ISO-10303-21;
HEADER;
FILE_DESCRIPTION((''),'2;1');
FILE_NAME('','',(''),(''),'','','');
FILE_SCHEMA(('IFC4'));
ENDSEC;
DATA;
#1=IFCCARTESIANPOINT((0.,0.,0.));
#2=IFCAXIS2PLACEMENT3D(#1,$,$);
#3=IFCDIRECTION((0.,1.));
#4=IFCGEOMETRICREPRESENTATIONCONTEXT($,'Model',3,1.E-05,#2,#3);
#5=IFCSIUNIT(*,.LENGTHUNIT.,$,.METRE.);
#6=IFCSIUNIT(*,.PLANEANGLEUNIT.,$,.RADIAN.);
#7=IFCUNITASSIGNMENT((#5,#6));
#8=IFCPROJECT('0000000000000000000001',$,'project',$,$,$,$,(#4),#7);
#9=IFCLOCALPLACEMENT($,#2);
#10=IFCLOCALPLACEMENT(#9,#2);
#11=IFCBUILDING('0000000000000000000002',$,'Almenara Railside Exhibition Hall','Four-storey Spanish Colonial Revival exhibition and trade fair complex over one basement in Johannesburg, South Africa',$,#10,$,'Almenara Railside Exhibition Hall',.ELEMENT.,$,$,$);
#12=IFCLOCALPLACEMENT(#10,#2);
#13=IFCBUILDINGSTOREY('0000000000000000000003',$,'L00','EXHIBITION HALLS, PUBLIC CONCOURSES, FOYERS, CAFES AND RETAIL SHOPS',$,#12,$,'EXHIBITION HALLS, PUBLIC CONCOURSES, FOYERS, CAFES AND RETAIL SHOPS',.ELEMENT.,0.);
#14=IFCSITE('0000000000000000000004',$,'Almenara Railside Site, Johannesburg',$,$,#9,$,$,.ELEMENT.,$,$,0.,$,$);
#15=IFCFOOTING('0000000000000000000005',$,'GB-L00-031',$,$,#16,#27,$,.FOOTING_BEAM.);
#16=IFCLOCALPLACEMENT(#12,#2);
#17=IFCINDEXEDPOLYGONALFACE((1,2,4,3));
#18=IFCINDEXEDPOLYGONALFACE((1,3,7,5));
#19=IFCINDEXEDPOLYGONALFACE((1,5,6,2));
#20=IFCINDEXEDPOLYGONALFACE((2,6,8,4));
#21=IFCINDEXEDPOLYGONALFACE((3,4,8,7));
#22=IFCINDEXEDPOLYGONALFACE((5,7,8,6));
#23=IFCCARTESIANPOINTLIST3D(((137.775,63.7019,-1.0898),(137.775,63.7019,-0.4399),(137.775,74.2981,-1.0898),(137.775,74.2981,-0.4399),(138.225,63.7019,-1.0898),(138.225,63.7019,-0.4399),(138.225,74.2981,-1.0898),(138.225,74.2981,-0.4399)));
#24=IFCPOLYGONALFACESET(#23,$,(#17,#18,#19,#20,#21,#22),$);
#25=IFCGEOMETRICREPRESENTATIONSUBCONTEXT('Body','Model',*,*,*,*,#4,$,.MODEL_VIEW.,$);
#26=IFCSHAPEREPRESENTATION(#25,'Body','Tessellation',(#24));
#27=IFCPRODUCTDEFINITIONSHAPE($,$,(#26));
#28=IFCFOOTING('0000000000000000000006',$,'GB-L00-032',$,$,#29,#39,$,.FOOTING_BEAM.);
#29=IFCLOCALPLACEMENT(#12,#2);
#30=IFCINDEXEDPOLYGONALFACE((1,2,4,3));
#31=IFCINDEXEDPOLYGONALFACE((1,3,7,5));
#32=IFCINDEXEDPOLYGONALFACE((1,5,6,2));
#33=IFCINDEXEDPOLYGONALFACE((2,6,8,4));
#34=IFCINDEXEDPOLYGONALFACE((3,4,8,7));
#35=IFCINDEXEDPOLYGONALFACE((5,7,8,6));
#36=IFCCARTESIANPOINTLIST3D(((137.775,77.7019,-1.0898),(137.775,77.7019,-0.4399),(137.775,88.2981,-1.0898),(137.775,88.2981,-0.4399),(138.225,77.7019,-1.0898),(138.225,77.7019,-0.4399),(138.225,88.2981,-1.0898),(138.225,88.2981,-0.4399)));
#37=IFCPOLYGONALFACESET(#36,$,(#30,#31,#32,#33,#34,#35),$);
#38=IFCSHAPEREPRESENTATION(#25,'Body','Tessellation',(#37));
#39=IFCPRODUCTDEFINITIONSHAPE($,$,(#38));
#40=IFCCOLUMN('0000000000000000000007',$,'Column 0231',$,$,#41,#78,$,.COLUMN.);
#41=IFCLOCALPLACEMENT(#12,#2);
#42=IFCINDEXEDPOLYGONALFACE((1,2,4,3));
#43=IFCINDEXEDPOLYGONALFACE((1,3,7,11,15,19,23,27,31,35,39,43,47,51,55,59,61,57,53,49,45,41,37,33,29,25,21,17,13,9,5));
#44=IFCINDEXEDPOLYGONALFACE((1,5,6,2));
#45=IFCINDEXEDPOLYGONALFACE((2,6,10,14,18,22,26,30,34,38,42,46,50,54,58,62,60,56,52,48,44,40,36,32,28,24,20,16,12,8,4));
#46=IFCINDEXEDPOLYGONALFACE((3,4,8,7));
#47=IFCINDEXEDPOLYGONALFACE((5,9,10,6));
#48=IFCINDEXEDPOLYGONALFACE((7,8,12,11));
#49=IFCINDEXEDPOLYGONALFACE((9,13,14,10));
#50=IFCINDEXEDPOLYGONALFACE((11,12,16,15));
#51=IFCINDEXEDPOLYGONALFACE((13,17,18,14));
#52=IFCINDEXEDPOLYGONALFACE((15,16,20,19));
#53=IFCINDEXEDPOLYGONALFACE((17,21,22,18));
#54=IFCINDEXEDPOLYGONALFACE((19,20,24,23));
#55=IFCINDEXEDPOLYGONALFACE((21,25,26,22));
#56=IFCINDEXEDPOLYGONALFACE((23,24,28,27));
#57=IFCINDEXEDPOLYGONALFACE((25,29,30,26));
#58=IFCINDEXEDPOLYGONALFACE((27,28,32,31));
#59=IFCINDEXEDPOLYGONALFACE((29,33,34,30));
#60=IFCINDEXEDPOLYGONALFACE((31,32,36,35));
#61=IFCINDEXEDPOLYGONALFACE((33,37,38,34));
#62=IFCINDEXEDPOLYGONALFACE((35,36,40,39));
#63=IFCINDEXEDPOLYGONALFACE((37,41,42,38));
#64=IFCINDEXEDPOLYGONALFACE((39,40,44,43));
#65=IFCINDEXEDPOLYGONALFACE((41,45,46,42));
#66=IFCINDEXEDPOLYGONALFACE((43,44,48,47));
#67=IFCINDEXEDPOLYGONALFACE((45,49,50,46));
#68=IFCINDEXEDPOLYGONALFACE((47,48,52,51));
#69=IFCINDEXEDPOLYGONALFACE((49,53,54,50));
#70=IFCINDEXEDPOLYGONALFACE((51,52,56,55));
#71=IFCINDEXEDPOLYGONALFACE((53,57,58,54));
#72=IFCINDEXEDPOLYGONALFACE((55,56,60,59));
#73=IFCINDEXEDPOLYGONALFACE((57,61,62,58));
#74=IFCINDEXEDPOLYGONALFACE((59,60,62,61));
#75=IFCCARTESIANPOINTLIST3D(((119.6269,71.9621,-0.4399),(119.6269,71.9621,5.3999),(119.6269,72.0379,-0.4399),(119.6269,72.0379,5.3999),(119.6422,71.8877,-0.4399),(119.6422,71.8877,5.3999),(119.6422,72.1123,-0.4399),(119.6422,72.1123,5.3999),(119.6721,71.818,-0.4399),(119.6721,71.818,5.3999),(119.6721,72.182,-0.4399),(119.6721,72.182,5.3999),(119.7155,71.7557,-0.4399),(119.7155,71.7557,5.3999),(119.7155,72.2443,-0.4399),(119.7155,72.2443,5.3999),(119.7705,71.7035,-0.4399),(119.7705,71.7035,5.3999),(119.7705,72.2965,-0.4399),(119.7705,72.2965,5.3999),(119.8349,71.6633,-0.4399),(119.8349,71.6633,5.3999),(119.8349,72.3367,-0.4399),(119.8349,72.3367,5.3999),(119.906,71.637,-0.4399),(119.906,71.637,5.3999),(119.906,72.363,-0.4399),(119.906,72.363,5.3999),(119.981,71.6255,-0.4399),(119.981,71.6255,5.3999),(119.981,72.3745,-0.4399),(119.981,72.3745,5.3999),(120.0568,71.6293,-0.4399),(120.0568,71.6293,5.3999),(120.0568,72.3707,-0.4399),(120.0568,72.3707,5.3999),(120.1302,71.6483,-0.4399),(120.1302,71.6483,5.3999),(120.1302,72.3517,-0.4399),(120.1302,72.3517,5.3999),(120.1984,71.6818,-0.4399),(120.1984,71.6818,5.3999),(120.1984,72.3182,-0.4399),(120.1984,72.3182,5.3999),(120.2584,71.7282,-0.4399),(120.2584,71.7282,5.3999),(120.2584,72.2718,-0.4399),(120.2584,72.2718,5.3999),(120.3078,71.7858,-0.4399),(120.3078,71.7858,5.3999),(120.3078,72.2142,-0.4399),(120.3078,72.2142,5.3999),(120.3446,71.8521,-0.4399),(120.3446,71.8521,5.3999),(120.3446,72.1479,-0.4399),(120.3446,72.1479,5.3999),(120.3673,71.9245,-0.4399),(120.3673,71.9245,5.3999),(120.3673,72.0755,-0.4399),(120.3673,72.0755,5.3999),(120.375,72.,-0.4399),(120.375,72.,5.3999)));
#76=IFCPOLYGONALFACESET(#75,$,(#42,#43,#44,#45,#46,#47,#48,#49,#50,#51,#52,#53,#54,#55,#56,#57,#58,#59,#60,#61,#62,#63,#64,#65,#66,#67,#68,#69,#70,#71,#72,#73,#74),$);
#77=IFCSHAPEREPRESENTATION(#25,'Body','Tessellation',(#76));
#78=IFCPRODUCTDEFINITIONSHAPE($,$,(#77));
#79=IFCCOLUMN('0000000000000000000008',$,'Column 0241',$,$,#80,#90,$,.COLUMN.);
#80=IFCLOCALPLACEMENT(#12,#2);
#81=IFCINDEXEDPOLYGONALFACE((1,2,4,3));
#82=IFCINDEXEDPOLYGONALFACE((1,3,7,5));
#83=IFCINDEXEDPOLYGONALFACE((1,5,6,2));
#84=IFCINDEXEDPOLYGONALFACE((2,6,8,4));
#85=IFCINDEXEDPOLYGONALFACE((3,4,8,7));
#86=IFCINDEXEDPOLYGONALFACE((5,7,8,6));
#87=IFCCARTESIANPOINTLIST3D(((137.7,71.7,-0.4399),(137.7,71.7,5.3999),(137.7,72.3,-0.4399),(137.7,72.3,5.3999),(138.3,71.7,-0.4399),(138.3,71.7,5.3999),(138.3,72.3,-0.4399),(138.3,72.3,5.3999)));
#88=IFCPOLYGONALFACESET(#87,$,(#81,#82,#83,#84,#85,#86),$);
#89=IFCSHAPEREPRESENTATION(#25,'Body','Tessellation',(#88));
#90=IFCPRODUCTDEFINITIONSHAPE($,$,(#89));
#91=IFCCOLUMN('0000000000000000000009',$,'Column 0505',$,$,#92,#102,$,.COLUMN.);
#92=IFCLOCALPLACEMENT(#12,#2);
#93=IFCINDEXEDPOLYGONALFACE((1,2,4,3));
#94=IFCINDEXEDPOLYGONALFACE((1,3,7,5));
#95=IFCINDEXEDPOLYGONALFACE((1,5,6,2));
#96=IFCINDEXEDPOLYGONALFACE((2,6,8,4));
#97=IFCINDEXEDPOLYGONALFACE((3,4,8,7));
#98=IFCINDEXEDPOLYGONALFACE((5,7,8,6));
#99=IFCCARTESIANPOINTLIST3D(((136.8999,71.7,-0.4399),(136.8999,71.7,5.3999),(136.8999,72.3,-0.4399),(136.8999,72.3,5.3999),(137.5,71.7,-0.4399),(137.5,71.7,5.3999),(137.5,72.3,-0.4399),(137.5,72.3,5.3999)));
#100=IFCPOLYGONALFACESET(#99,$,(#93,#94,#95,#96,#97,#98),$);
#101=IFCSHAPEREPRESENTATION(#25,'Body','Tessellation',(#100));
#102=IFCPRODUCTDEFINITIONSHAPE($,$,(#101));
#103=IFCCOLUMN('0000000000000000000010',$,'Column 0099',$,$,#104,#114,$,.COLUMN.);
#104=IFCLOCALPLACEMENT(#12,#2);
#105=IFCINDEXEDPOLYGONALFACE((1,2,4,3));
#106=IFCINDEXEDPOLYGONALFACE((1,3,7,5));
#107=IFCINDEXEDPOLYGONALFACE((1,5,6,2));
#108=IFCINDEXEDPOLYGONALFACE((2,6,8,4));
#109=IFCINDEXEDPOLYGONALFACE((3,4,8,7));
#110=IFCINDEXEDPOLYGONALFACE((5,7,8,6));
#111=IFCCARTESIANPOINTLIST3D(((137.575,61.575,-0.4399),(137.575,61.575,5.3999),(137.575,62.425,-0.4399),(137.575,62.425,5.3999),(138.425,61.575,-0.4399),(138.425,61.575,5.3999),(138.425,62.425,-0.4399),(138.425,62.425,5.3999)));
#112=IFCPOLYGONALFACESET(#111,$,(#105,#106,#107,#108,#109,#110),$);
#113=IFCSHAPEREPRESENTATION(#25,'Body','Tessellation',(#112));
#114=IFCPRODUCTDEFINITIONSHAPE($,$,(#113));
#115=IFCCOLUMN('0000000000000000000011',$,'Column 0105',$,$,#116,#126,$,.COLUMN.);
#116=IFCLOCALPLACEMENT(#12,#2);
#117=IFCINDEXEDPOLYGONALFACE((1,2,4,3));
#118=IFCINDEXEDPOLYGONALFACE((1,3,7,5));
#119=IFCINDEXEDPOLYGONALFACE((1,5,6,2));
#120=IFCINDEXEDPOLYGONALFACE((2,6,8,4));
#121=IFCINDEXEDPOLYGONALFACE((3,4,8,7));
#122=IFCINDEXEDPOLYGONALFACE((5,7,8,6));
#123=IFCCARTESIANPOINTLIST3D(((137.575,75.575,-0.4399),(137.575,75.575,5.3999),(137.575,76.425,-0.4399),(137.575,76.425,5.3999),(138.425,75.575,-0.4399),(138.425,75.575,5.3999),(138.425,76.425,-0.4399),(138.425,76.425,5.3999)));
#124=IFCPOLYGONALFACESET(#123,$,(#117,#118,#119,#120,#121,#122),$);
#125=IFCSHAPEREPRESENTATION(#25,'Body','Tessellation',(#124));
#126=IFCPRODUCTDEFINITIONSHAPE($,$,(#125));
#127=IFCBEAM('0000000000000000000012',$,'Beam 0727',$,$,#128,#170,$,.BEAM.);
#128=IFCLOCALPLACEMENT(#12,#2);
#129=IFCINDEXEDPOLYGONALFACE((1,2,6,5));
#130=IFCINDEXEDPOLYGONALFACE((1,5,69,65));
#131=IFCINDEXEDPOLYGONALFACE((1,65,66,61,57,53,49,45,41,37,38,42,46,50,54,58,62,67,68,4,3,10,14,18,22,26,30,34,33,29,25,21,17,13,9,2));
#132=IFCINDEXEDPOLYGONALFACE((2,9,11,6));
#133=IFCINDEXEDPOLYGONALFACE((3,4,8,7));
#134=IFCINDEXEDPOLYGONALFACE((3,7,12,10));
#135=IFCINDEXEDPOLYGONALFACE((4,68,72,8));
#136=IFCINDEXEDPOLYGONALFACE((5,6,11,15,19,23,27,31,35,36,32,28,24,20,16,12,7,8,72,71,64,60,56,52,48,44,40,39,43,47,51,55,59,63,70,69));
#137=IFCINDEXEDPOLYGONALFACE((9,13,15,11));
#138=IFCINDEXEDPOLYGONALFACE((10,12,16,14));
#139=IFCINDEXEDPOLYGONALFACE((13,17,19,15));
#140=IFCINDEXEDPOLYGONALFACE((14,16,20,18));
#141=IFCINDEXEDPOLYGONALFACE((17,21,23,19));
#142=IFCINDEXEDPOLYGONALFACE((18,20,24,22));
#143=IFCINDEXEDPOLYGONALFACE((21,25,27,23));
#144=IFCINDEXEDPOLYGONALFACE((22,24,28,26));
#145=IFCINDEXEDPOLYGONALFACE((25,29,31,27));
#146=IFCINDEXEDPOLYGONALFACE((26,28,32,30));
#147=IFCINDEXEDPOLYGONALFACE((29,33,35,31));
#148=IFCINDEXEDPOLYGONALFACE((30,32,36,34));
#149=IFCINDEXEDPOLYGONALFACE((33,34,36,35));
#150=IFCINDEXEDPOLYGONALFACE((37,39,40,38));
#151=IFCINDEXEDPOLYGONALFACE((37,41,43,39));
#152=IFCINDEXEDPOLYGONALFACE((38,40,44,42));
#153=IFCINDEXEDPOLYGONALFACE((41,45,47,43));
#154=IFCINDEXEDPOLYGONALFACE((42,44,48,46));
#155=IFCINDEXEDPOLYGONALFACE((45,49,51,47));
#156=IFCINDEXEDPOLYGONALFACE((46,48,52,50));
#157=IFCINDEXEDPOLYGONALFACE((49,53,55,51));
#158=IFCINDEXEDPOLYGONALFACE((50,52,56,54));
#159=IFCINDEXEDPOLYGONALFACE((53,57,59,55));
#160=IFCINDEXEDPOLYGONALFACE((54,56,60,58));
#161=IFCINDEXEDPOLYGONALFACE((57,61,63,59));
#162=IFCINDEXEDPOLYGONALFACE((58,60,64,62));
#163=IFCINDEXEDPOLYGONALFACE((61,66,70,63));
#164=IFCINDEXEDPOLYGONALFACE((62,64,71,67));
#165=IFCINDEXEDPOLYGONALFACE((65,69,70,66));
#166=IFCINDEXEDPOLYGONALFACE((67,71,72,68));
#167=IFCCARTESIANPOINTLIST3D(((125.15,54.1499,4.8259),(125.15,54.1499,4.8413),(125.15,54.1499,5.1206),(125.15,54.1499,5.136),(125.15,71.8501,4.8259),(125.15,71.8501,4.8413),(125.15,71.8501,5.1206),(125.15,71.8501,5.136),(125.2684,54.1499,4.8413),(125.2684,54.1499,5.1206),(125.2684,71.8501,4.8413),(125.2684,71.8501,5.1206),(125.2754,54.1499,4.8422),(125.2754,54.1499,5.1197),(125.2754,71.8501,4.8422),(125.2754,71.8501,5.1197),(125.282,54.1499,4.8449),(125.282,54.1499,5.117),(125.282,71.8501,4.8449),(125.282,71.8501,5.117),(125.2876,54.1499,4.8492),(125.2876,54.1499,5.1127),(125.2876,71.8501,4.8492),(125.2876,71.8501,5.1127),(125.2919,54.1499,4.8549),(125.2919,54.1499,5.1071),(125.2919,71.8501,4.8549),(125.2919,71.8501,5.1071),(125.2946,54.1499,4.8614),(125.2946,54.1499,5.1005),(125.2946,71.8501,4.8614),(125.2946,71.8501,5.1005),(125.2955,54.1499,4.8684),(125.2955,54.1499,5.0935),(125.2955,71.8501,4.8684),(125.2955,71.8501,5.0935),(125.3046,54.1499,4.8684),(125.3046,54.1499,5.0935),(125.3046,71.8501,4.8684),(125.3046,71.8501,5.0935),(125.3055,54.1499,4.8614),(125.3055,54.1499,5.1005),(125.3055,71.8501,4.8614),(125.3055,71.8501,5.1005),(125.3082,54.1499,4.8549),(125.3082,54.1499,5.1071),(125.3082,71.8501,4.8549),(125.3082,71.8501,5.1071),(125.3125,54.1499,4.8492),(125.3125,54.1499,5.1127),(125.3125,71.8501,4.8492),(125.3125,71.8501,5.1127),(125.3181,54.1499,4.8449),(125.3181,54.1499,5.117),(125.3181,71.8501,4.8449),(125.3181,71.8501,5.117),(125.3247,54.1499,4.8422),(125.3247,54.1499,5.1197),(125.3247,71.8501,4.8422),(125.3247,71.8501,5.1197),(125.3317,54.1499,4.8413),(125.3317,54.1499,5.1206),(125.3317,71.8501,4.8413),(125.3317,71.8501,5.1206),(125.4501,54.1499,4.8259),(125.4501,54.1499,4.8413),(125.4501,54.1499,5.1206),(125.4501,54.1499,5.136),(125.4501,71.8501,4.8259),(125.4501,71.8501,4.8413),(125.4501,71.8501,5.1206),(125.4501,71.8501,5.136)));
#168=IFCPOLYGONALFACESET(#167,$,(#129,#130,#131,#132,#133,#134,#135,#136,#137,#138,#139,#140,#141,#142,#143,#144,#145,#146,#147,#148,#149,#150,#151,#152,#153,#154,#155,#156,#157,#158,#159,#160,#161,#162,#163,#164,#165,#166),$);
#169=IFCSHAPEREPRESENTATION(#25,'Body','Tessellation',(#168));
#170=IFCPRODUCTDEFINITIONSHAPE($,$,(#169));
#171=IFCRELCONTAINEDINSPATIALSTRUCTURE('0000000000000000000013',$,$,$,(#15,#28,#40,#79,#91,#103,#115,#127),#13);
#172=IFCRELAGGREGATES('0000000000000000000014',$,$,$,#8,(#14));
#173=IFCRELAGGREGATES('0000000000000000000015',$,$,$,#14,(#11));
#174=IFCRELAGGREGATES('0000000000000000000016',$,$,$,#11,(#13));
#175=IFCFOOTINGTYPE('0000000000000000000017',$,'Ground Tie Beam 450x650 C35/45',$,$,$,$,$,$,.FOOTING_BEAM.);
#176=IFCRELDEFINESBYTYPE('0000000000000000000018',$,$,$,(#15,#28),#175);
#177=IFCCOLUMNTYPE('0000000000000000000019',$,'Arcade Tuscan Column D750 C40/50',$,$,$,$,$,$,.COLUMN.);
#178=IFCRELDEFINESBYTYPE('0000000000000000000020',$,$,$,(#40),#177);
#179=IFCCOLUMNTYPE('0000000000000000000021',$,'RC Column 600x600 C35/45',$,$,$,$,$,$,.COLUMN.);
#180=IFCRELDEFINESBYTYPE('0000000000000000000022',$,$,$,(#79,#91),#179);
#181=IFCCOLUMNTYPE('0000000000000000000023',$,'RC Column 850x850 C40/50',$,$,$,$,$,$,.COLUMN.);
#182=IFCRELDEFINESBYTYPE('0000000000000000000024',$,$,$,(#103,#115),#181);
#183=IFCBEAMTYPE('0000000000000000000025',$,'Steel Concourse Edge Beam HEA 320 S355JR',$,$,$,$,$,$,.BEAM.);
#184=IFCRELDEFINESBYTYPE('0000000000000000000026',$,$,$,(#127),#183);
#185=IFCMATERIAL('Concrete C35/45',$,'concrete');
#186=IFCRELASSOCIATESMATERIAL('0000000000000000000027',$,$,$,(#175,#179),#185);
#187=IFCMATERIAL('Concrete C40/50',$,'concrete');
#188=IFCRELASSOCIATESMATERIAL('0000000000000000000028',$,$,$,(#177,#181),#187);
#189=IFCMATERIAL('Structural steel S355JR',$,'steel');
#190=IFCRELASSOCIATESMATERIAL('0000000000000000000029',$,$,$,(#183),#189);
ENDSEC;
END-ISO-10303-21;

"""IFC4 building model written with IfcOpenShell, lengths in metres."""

from ifc_helpers import new_model, si_unit, direction, frame, origin, origin_2d, place, context, subcontext, project, spatial, rectangle, circle, i_section, extrude, material, material_profile, profile_set, type_object, element, save


model = new_model("IFC4")

# Units and contexts
model_context = context("Model", 3, precision=1e-05, world=origin(), true_north=direction((0.0, 1.0)))
body_context = subcontext(model_context, "Body", "Model", "MODEL_VIEW")
ifc_project = project(units=[si_unit("LENGTHUNIT", "METRE"), si_unit("PLANEANGLEUNIT", "RADIAN")], contexts=[model_context])

# Site, building, storey
site_placement = place(None, origin())
site = spatial("IfcSite", under=ifc_project, at=site_placement, Name="Almenara Railside Site, Johannesburg", CompositionType="ELEMENT", RefElevation=0.0)
building_placement = place(site_placement, origin())
building = spatial("IfcBuilding", under=site, at=building_placement, Name="Almenara Railside Exhibition Hall", Description="Four-storey Spanish Colonial Revival exhibition and trade fair complex over one basement in Johannesburg, South Africa", LongName="Almenara Railside Exhibition Hall", CompositionType="ELEMENT")
storey_placement = place(building_placement, origin())
storey = spatial("IfcBuildingStorey", under=building, at=storey_placement, Name="L00", Description="EXHIBITION HALLS, PUBLIC CONCOURSES, FOYERS, CAFES AND RETAIL SHOPS", LongName="EXHIBITION HALLS, PUBLIC CONCOURSES, FOYERS, CAFES AND RETAIL SHOPS", CompositionType="ELEMENT", Elevation=0.0)

# Shared definitions
ifc_material_1 = material(Name="Concrete C40/50", Category="concrete")

# Footings
ifc_material_2 = material(Name="Concrete C35/45", Category="concrete")
ifc_material_profile_1 = material_profile(ifc_material_2, rectangle(XDim=0.45, YDim=0.6499, at=origin_2d()), Name="RC-GB 450x650")
ifc_profile_set_1 = profile_set([ifc_material_profile_1], Name="Concrete C35/45")
footing_type = type_object("IfcFootingType", Name="Ground Tie Beam 450x650 C35/45", PredefinedType="FOOTING_BEAM", material=ifc_profile_set_1)
for number, where, z_axis, x_axis, name in (
    (1, (138.0, 63.7019, -0.7649), (0.0, 1.0, 0.0), (-1.0, 0.0, 0.0), "GB-L00-031"),
    (2, (138.0, 77.7019, -0.7649), (0.0, 1.0, 0.0), (-1.0, 0.0, 0.0), "GB-L00-032"),
):
    element("IfcFooting", number, at=place(storey_placement, frame(where, z_axis=z_axis, x_axis=x_axis)), inside=storey, type_object=footing_type, Name=name, PredefinedType="FOOTING_BEAM", context=body_context, shape_type="SweptSolid", body=[
        extrude(rectangle(XDim=0.45, YDim=0.6499, at=origin_2d()), origin(), (0.0, 0.0, 1.0), 10.5962),
    ])

# Columns
ifc_material_profile_2 = material_profile(ifc_material_1, circle(Radius=0.375, at=origin_2d()), Name="RC-COL D750")
ifc_profile_set_2 = profile_set([ifc_material_profile_2], Name="Concrete C40/50")
column_type_1 = type_object("IfcColumnType", Name="Arcade Tuscan Column D750 C40/50", PredefinedType="COLUMN", material=ifc_profile_set_2)
column_placement = place(storey_placement, frame((120.0, 72.0, -0.4399), z_axis=(0.0, 0.0, 1.0), x_axis=(1.0, 0.0, 0.0)))
element("IfcColumn", 3, at=column_placement, inside=storey, type_object=column_type_1, Name="Column 0231", PredefinedType="COLUMN", context=body_context, shape_type="SweptSolid", body=[
    extrude(circle(Radius=0.375, at=origin_2d()), origin(), (0.0, 0.0, 1.0), 5.8398),
])
ifc_material_profile_3 = material_profile(ifc_material_2, rectangle(XDim=0.6001, YDim=0.6001, at=origin_2d()), Name="RC 600x600")
ifc_profile_set_3 = profile_set([ifc_material_profile_3], Name="Concrete C35/45")
column_type_2 = type_object("IfcColumnType", Name="RC Column 600x600 C35/45", PredefinedType="COLUMN", material=ifc_profile_set_3)
for number, where, z_axis, x_axis, name in (
    (4, (138.0, 72.0, -0.4399), (0.0, 0.0, 1.0), (1.0, 0.0, 0.0), "Column 0241"),
    (5, (137.2, 72.0, -0.4399), (0.0, 0.0, 1.0), (1.0, 0.0, 0.0), "Column 0505"),
):
    element("IfcColumn", number, at=place(storey_placement, frame(where, z_axis=z_axis, x_axis=x_axis)), inside=storey, type_object=column_type_2, Name=name, PredefinedType="COLUMN", context=body_context, shape_type="SweptSolid", body=[
        extrude(rectangle(XDim=0.6001, YDim=0.6001, at=origin_2d()), origin(), (0.0, 0.0, 1.0), 5.8398),
    ])
ifc_material_profile_4 = material_profile(ifc_material_1, rectangle(XDim=0.8501, YDim=0.8501, at=origin_2d()), Name="RC 850x850")
ifc_profile_set_4 = profile_set([ifc_material_profile_4], Name="Concrete C40/50")
column_type_3 = type_object("IfcColumnType", Name="RC Column 850x850 C40/50", PredefinedType="COLUMN", material=ifc_profile_set_4)
for number, where, z_axis, x_axis, name in (
    (6, (138.0, 62.0, -0.4399), (0.0, 0.0, 1.0), (1.0, 0.0, 0.0), "Column 0099"),
    (7, (138.0, 76.0, -0.4399), (0.0, 0.0, 1.0), (1.0, 0.0, 0.0), "Column 0105"),
):
    element("IfcColumn", number, at=place(storey_placement, frame(where, z_axis=z_axis, x_axis=x_axis)), inside=storey, type_object=column_type_3, Name=name, PredefinedType="COLUMN", context=body_context, shape_type="SweptSolid", body=[
        extrude(rectangle(XDim=0.8501, YDim=0.8501, at=origin_2d()), origin(), (0.0, 0.0, 1.0), 5.8398),
    ])

# Beam
ifc_material_3 = material(Name="Structural steel S355JR", Category="steel")
ifc_material_profile_5 = material_profile(ifc_material_3, i_section(OverallWidth=0.3, OverallDepth=0.3101, WebThickness=0.009, FlangeThickness=0.0154, FilletRadius=0.0271, at=origin_2d()), Name="HEA 320")
ifc_profile_set_5 = profile_set([ifc_material_profile_5], Name="Structural steel S355JR")
beam_type_1 = type_object("IfcBeamType", Name="Steel Concourse Edge Beam HEA 320 S355JR", PredefinedType="BEAM", material=ifc_profile_set_5)
beam_1_placement = place(storey_placement, frame((125.3, 54.1499, 4.981), z_axis=(0.0, 1.0, 0.0), x_axis=(-1.0, 0.0, 0.0)))
element("IfcBeam", 8, at=beam_1_placement, inside=storey, type_object=beam_type_1, Name="Beam 0727", PredefinedType="BEAM", context=body_context, shape_type="SweptSolid", body=[
    extrude(i_section(OverallWidth=0.3, OverallDepth=0.3101, WebThickness=0.009, FlangeThickness=0.0154, FilletRadius=0.0271, at=origin_2d()), origin(), (0.0, 0.0, 1.0), 17.7002),
])

save(model, "model.ifc")
